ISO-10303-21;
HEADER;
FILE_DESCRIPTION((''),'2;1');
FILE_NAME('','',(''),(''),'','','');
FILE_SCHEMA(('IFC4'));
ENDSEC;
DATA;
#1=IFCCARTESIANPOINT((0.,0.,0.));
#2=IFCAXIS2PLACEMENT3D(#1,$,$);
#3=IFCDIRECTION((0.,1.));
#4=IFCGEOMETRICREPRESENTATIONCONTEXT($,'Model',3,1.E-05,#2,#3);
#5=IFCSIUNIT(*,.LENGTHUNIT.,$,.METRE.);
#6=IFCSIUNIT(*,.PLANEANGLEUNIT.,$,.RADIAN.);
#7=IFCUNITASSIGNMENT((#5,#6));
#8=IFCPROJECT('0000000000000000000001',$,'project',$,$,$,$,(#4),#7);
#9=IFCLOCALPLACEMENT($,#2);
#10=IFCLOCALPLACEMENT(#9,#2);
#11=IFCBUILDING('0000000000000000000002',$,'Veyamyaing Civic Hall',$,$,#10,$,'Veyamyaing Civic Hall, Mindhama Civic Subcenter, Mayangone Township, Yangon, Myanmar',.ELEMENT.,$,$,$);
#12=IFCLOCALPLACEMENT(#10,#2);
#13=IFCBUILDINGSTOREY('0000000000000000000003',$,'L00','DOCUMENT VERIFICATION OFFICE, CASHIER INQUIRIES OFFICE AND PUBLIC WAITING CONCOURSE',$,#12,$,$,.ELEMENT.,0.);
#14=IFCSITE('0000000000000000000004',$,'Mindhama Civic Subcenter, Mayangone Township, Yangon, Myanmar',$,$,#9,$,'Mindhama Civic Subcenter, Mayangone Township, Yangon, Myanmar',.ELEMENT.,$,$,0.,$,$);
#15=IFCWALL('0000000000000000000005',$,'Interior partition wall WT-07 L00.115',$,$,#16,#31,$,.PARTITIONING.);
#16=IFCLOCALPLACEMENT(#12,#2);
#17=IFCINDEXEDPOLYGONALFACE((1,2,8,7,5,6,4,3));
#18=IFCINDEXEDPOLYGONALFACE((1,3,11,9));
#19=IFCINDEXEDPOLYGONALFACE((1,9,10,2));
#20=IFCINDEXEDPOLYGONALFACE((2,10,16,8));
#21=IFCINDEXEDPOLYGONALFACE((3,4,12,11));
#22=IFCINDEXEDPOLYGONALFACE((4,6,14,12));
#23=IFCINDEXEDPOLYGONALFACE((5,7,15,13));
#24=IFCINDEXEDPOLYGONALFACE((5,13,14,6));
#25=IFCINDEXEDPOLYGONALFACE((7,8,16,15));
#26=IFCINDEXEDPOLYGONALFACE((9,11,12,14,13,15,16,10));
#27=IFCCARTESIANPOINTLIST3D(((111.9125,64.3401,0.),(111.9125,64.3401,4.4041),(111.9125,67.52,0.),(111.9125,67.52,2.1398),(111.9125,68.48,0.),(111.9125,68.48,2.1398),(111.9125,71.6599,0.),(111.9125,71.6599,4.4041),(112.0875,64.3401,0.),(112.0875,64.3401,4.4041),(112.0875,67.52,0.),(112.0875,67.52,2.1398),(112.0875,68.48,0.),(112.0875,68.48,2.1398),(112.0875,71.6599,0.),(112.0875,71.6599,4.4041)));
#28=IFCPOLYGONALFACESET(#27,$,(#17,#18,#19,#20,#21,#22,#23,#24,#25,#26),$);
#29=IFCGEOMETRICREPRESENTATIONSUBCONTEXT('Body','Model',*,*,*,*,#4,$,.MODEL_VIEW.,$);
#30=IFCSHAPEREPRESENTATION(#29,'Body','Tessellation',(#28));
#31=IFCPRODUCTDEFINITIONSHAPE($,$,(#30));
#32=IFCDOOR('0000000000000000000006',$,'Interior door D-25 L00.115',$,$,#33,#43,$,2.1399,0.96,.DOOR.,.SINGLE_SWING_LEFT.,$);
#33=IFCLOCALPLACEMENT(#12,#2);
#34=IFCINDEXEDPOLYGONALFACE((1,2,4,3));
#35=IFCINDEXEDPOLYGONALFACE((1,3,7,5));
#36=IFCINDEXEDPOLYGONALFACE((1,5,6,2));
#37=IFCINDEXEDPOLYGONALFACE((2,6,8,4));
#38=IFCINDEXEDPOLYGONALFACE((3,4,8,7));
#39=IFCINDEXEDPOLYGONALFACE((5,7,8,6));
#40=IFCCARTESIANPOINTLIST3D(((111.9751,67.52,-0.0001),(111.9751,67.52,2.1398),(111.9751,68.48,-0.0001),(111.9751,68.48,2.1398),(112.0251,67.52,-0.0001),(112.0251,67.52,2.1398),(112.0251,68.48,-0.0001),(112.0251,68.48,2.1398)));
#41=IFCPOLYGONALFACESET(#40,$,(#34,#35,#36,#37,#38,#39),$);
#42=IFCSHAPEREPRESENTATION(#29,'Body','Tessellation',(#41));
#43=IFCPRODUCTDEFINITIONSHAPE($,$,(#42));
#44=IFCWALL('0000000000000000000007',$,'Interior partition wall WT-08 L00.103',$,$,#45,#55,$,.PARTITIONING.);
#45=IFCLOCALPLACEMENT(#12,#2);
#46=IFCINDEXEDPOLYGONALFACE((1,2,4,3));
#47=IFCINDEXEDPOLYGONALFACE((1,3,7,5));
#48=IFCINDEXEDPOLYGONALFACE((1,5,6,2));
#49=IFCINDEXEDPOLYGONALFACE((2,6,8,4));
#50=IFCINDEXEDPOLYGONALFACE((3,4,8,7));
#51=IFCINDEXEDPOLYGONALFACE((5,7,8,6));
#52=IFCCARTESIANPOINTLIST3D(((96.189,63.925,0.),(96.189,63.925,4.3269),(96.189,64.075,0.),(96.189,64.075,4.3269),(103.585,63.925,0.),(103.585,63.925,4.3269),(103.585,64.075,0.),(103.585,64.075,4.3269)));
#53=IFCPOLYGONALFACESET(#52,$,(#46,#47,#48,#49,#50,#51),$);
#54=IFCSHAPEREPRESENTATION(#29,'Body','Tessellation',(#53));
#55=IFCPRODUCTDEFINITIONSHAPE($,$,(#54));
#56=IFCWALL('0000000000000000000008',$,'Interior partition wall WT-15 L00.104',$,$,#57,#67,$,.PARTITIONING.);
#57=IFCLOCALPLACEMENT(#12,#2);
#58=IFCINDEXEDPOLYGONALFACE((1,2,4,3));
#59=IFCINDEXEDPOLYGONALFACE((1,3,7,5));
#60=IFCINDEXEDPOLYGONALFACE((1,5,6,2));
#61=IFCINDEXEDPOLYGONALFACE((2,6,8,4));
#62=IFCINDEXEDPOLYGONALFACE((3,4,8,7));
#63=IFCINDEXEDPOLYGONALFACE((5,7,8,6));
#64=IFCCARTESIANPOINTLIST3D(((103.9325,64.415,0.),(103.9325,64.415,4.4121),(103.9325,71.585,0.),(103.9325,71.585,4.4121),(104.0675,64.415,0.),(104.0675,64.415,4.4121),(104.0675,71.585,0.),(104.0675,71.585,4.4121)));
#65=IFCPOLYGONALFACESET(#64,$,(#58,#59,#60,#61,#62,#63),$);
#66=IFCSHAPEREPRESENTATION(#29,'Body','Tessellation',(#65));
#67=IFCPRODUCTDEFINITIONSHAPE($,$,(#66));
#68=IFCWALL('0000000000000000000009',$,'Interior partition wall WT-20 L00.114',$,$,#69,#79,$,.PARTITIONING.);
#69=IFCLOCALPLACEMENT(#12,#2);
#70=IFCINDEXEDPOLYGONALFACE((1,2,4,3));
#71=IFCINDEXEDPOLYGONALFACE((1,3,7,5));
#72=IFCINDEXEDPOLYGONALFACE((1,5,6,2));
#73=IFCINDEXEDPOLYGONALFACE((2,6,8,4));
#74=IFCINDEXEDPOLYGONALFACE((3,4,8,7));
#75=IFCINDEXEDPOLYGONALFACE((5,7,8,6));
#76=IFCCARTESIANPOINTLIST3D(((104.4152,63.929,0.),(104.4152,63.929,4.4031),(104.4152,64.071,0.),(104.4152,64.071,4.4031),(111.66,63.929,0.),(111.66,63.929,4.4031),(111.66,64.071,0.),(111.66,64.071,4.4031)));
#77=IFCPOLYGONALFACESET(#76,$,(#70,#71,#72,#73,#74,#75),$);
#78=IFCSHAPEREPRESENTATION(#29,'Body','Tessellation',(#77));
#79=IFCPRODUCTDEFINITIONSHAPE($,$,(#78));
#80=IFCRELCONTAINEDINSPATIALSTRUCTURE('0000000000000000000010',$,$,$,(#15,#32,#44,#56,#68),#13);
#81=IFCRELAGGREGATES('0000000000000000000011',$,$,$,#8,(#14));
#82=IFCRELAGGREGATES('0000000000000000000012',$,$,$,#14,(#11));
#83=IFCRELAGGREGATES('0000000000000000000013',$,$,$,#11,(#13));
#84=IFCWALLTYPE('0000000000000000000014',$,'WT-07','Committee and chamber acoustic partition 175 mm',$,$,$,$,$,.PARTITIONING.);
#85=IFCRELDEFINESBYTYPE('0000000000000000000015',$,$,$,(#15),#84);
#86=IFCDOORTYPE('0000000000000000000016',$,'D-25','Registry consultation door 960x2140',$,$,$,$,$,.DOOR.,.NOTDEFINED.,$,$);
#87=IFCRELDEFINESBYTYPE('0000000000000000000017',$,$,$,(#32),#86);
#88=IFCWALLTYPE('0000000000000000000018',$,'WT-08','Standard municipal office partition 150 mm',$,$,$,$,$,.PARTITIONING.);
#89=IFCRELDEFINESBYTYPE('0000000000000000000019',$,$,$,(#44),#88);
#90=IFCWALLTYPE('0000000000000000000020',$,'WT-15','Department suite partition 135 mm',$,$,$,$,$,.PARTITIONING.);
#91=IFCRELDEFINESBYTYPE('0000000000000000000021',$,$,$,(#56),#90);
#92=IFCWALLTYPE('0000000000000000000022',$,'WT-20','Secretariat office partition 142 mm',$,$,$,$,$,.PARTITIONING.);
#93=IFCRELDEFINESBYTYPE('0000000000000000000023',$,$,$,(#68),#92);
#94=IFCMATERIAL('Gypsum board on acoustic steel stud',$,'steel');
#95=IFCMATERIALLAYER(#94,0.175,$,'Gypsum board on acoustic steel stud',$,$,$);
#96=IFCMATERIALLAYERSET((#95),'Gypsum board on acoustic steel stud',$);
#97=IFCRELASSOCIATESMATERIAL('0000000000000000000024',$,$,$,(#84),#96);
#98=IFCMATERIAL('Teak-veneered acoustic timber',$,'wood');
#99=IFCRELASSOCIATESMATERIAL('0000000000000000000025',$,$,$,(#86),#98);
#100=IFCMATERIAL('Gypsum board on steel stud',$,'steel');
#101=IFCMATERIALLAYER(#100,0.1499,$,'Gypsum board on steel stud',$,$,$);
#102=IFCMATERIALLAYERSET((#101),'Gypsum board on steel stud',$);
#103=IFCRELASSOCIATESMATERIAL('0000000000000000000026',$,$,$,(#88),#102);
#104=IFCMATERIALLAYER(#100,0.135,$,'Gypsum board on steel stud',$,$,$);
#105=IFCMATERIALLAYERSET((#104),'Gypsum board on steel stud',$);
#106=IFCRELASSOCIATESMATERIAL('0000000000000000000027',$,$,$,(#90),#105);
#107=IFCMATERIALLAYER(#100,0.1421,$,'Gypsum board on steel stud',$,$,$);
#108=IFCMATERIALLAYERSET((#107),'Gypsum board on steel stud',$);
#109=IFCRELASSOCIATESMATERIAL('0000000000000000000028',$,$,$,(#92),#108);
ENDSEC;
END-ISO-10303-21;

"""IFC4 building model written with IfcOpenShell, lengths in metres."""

from ifc_helpers import new_model, si_unit, direction, frame, frame_2d, origin, place, context, subcontext, project, spatial, rectangle, extrude, material, layer, layer_set, type_object, element, fill, save


model = new_model("IFC4")

# Units and contexts
model_context = context("Model", 3, precision=1e-05, world=origin(), true_north=direction((0.0, 1.0)))
body_context = subcontext(model_context, "Body", "Model", "MODEL_VIEW")
ifc_project = project(units=[si_unit("LENGTHUNIT", "METRE"), si_unit("PLANEANGLEUNIT", "RADIAN")], contexts=[model_context])

# Site, building, storey
site_placement = place(None, origin())
site = spatial("IfcSite", under=ifc_project, at=site_placement, Name="Mindhama Civic Subcenter, Mayangone Township, Yangon, Myanmar", LongName="Mindhama Civic Subcenter, Mayangone Township, Yangon, Myanmar", CompositionType="ELEMENT", RefElevation=0.0)
building_placement = place(site_placement, origin())
building = spatial("IfcBuilding", under=site, at=building_placement, Name="Veyamyaing Civic Hall", LongName="Veyamyaing Civic Hall, Mindhama Civic Subcenter, Mayangone Township, Yangon, Myanmar", CompositionType="ELEMENT")
storey_placement = place(building_placement, origin())
storey = spatial("IfcBuildingStorey", under=building, at=storey_placement, Name="L00", Description="DOCUMENT VERIFICATION OFFICE, CASHIER INQUIRIES OFFICE AND PUBLIC WAITING CONCOURSE", CompositionType="ELEMENT", Elevation=0.0)

# Wall, opening, door
ifc_material_1 = material(Name="Gypsum board on acoustic steel stud", Category="steel")
ifc_layer_1 = layer(ifc_material_1, 0.175, Name="Gypsum board on acoustic steel stud")
ifc_layer_set_1 = layer_set([ifc_layer_1], Name="Gypsum board on acoustic steel stud")
wall_type_1 = type_object("IfcWallType", Name="WT-07", Description="Committee and chamber acoustic partition 175 mm", PredefinedType="PARTITIONING", material=ifc_layer_set_1)
ifc_material_2 = material(Name="Teak-veneered acoustic timber", Category="wood")
wall_1_placement = place(storey_placement, frame((112.0, 64.3401, 0.0), z_axis=(0.0, 0.0, 1.0), x_axis=(0.0, 1.0, 0.0)))
wall_1 = element("IfcWall", 1, at=wall_1_placement, inside=storey, type_object=wall_type_1, Name="Interior partition wall WT-07 L00.115", PredefinedType="PARTITIONING", context=body_context, shape_type="SweptSolid", body=[
    extrude(rectangle(XDim=7.3198, YDim=0.175, at=frame_2d((3.6599, 0.0))), origin(), (0.0, 0.0, 1.0), 4.4041),
])
opening_1_placement = place(wall_1_placement, frame((3.1799, 0.0, 0.0)))
opening_1 = element("IfcOpeningElement", 2, at=opening_1_placement, cuts=wall_1, PredefinedType="OPENING", context=body_context, shape_type="SweptSolid", body=[
    extrude(rectangle(XDim=0.96, YDim=2.1399, at=frame_2d((0.48, 1.0698))), frame((0.0, 0.0974, 0.0), z_axis=(0.0, -1.0, 0.0), x_axis=(1.0, 0.0, 0.0)), (0.0, 0.0, 1.0), 0.1951),
])
door_type_1 = type_object("IfcDoorType", Name="D-25", Description="Registry consultation door 960x2140", OperationType="NOTDEFINED", PredefinedType="DOOR", material=ifc_material_2)
door_1_placement = place(opening_1_placement, origin())
door_1 = element("IfcDoor", 3, at=door_1_placement, inside=storey, type_object=door_type_1, Name="Interior door D-25 L00.115", OperationType="SINGLE_SWING_LEFT", OverallHeight=2.1399, OverallWidth=0.96, PredefinedType="DOOR", context=body_context, shape_type="SweptSolid", body=[
    extrude(rectangle(XDim=0.96, YDim=2.1399, at=frame_2d((0.48, 1.0698))), frame((0.0, 0.0249, 0.0), z_axis=(0.0, -1.0, 0.0), x_axis=(1.0, 0.0, 0.0)), (0.0, 0.0, 1.0), 0.05),
])
fill(opening_1, door_1)

# Walls
ifc_material_3 = material(Name="Gypsum board on steel stud", Category="steel")
ifc_layer_2 = layer(ifc_material_3, 0.1499, Name="Gypsum board on steel stud")
ifc_layer_set_2 = layer_set([ifc_layer_2], Name="Gypsum board on steel stud")
wall_type_2 = type_object("IfcWallType", Name="WT-08", Description="Standard municipal office partition 150 mm", PredefinedType="PARTITIONING", material=ifc_layer_set_2)
wall_2_placement = place(storey_placement, frame((96.189, 64.0, 0.0), z_axis=(0.0, 0.0, 1.0), x_axis=(1.0, 0.0, 0.0)))
element("IfcWall", 4, at=wall_2_placement, inside=storey, type_object=wall_type_2, Name="Interior partition wall WT-08 L00.103", PredefinedType="PARTITIONING", context=body_context, shape_type="SweptSolid", body=[
    extrude(rectangle(XDim=7.396, YDim=0.1499, at=frame_2d((3.698, 0.0))), origin(), (0.0, 0.0, 1.0), 4.3269),
])
ifc_layer_3 = layer(ifc_material_3, 0.135, Name="Gypsum board on steel stud")
ifc_layer_set_3 = layer_set([ifc_layer_3], Name="Gypsum board on steel stud")
wall_type_3 = type_object("IfcWallType", Name="WT-15", Description="Department suite partition 135 mm", PredefinedType="PARTITIONING", material=ifc_layer_set_3)
wall_3_placement = place(storey_placement, frame((104.0, 64.415, 0.0), z_axis=(0.0, 0.0, 1.0), x_axis=(0.0, 1.0, 0.0)))
element("IfcWall", 5, at=wall_3_placement, inside=storey, type_object=wall_type_3, Name="Interior partition wall WT-15 L00.104", PredefinedType="PARTITIONING", context=body_context, shape_type="SweptSolid", body=[
    extrude(rectangle(XDim=7.1699, YDim=0.135, at=frame_2d((3.585, 0.0))), origin(), (0.0, 0.0, 1.0), 4.4121),
])
ifc_layer_4 = layer(ifc_material_3, 0.1421, Name="Gypsum board on steel stud")
ifc_layer_set_4 = layer_set([ifc_layer_4], Name="Gypsum board on steel stud")
wall_type_4 = type_object("IfcWallType", Name="WT-20", Description="Secretariat office partition 142 mm", PredefinedType="PARTITIONING", material=ifc_layer_set_4)
wall_4_placement = place(storey_placement, frame((104.415, 64.0, 0.0), z_axis=(0.0, 0.0, 1.0), x_axis=(1.0, 0.0, 0.0)))
element("IfcWall", 6, at=wall_4_placement, inside=storey, type_object=wall_type_4, Name="Interior partition wall WT-20 L00.114", PredefinedType="PARTITIONING", context=body_context, shape_type="SweptSolid", body=[
    extrude(rectangle(XDim=7.2449, YDim=0.1421, at=frame_2d((3.6226, 0.0))), origin(), (0.0, 0.0, 1.0), 4.4031),
])

save(model, "model.ifc")
